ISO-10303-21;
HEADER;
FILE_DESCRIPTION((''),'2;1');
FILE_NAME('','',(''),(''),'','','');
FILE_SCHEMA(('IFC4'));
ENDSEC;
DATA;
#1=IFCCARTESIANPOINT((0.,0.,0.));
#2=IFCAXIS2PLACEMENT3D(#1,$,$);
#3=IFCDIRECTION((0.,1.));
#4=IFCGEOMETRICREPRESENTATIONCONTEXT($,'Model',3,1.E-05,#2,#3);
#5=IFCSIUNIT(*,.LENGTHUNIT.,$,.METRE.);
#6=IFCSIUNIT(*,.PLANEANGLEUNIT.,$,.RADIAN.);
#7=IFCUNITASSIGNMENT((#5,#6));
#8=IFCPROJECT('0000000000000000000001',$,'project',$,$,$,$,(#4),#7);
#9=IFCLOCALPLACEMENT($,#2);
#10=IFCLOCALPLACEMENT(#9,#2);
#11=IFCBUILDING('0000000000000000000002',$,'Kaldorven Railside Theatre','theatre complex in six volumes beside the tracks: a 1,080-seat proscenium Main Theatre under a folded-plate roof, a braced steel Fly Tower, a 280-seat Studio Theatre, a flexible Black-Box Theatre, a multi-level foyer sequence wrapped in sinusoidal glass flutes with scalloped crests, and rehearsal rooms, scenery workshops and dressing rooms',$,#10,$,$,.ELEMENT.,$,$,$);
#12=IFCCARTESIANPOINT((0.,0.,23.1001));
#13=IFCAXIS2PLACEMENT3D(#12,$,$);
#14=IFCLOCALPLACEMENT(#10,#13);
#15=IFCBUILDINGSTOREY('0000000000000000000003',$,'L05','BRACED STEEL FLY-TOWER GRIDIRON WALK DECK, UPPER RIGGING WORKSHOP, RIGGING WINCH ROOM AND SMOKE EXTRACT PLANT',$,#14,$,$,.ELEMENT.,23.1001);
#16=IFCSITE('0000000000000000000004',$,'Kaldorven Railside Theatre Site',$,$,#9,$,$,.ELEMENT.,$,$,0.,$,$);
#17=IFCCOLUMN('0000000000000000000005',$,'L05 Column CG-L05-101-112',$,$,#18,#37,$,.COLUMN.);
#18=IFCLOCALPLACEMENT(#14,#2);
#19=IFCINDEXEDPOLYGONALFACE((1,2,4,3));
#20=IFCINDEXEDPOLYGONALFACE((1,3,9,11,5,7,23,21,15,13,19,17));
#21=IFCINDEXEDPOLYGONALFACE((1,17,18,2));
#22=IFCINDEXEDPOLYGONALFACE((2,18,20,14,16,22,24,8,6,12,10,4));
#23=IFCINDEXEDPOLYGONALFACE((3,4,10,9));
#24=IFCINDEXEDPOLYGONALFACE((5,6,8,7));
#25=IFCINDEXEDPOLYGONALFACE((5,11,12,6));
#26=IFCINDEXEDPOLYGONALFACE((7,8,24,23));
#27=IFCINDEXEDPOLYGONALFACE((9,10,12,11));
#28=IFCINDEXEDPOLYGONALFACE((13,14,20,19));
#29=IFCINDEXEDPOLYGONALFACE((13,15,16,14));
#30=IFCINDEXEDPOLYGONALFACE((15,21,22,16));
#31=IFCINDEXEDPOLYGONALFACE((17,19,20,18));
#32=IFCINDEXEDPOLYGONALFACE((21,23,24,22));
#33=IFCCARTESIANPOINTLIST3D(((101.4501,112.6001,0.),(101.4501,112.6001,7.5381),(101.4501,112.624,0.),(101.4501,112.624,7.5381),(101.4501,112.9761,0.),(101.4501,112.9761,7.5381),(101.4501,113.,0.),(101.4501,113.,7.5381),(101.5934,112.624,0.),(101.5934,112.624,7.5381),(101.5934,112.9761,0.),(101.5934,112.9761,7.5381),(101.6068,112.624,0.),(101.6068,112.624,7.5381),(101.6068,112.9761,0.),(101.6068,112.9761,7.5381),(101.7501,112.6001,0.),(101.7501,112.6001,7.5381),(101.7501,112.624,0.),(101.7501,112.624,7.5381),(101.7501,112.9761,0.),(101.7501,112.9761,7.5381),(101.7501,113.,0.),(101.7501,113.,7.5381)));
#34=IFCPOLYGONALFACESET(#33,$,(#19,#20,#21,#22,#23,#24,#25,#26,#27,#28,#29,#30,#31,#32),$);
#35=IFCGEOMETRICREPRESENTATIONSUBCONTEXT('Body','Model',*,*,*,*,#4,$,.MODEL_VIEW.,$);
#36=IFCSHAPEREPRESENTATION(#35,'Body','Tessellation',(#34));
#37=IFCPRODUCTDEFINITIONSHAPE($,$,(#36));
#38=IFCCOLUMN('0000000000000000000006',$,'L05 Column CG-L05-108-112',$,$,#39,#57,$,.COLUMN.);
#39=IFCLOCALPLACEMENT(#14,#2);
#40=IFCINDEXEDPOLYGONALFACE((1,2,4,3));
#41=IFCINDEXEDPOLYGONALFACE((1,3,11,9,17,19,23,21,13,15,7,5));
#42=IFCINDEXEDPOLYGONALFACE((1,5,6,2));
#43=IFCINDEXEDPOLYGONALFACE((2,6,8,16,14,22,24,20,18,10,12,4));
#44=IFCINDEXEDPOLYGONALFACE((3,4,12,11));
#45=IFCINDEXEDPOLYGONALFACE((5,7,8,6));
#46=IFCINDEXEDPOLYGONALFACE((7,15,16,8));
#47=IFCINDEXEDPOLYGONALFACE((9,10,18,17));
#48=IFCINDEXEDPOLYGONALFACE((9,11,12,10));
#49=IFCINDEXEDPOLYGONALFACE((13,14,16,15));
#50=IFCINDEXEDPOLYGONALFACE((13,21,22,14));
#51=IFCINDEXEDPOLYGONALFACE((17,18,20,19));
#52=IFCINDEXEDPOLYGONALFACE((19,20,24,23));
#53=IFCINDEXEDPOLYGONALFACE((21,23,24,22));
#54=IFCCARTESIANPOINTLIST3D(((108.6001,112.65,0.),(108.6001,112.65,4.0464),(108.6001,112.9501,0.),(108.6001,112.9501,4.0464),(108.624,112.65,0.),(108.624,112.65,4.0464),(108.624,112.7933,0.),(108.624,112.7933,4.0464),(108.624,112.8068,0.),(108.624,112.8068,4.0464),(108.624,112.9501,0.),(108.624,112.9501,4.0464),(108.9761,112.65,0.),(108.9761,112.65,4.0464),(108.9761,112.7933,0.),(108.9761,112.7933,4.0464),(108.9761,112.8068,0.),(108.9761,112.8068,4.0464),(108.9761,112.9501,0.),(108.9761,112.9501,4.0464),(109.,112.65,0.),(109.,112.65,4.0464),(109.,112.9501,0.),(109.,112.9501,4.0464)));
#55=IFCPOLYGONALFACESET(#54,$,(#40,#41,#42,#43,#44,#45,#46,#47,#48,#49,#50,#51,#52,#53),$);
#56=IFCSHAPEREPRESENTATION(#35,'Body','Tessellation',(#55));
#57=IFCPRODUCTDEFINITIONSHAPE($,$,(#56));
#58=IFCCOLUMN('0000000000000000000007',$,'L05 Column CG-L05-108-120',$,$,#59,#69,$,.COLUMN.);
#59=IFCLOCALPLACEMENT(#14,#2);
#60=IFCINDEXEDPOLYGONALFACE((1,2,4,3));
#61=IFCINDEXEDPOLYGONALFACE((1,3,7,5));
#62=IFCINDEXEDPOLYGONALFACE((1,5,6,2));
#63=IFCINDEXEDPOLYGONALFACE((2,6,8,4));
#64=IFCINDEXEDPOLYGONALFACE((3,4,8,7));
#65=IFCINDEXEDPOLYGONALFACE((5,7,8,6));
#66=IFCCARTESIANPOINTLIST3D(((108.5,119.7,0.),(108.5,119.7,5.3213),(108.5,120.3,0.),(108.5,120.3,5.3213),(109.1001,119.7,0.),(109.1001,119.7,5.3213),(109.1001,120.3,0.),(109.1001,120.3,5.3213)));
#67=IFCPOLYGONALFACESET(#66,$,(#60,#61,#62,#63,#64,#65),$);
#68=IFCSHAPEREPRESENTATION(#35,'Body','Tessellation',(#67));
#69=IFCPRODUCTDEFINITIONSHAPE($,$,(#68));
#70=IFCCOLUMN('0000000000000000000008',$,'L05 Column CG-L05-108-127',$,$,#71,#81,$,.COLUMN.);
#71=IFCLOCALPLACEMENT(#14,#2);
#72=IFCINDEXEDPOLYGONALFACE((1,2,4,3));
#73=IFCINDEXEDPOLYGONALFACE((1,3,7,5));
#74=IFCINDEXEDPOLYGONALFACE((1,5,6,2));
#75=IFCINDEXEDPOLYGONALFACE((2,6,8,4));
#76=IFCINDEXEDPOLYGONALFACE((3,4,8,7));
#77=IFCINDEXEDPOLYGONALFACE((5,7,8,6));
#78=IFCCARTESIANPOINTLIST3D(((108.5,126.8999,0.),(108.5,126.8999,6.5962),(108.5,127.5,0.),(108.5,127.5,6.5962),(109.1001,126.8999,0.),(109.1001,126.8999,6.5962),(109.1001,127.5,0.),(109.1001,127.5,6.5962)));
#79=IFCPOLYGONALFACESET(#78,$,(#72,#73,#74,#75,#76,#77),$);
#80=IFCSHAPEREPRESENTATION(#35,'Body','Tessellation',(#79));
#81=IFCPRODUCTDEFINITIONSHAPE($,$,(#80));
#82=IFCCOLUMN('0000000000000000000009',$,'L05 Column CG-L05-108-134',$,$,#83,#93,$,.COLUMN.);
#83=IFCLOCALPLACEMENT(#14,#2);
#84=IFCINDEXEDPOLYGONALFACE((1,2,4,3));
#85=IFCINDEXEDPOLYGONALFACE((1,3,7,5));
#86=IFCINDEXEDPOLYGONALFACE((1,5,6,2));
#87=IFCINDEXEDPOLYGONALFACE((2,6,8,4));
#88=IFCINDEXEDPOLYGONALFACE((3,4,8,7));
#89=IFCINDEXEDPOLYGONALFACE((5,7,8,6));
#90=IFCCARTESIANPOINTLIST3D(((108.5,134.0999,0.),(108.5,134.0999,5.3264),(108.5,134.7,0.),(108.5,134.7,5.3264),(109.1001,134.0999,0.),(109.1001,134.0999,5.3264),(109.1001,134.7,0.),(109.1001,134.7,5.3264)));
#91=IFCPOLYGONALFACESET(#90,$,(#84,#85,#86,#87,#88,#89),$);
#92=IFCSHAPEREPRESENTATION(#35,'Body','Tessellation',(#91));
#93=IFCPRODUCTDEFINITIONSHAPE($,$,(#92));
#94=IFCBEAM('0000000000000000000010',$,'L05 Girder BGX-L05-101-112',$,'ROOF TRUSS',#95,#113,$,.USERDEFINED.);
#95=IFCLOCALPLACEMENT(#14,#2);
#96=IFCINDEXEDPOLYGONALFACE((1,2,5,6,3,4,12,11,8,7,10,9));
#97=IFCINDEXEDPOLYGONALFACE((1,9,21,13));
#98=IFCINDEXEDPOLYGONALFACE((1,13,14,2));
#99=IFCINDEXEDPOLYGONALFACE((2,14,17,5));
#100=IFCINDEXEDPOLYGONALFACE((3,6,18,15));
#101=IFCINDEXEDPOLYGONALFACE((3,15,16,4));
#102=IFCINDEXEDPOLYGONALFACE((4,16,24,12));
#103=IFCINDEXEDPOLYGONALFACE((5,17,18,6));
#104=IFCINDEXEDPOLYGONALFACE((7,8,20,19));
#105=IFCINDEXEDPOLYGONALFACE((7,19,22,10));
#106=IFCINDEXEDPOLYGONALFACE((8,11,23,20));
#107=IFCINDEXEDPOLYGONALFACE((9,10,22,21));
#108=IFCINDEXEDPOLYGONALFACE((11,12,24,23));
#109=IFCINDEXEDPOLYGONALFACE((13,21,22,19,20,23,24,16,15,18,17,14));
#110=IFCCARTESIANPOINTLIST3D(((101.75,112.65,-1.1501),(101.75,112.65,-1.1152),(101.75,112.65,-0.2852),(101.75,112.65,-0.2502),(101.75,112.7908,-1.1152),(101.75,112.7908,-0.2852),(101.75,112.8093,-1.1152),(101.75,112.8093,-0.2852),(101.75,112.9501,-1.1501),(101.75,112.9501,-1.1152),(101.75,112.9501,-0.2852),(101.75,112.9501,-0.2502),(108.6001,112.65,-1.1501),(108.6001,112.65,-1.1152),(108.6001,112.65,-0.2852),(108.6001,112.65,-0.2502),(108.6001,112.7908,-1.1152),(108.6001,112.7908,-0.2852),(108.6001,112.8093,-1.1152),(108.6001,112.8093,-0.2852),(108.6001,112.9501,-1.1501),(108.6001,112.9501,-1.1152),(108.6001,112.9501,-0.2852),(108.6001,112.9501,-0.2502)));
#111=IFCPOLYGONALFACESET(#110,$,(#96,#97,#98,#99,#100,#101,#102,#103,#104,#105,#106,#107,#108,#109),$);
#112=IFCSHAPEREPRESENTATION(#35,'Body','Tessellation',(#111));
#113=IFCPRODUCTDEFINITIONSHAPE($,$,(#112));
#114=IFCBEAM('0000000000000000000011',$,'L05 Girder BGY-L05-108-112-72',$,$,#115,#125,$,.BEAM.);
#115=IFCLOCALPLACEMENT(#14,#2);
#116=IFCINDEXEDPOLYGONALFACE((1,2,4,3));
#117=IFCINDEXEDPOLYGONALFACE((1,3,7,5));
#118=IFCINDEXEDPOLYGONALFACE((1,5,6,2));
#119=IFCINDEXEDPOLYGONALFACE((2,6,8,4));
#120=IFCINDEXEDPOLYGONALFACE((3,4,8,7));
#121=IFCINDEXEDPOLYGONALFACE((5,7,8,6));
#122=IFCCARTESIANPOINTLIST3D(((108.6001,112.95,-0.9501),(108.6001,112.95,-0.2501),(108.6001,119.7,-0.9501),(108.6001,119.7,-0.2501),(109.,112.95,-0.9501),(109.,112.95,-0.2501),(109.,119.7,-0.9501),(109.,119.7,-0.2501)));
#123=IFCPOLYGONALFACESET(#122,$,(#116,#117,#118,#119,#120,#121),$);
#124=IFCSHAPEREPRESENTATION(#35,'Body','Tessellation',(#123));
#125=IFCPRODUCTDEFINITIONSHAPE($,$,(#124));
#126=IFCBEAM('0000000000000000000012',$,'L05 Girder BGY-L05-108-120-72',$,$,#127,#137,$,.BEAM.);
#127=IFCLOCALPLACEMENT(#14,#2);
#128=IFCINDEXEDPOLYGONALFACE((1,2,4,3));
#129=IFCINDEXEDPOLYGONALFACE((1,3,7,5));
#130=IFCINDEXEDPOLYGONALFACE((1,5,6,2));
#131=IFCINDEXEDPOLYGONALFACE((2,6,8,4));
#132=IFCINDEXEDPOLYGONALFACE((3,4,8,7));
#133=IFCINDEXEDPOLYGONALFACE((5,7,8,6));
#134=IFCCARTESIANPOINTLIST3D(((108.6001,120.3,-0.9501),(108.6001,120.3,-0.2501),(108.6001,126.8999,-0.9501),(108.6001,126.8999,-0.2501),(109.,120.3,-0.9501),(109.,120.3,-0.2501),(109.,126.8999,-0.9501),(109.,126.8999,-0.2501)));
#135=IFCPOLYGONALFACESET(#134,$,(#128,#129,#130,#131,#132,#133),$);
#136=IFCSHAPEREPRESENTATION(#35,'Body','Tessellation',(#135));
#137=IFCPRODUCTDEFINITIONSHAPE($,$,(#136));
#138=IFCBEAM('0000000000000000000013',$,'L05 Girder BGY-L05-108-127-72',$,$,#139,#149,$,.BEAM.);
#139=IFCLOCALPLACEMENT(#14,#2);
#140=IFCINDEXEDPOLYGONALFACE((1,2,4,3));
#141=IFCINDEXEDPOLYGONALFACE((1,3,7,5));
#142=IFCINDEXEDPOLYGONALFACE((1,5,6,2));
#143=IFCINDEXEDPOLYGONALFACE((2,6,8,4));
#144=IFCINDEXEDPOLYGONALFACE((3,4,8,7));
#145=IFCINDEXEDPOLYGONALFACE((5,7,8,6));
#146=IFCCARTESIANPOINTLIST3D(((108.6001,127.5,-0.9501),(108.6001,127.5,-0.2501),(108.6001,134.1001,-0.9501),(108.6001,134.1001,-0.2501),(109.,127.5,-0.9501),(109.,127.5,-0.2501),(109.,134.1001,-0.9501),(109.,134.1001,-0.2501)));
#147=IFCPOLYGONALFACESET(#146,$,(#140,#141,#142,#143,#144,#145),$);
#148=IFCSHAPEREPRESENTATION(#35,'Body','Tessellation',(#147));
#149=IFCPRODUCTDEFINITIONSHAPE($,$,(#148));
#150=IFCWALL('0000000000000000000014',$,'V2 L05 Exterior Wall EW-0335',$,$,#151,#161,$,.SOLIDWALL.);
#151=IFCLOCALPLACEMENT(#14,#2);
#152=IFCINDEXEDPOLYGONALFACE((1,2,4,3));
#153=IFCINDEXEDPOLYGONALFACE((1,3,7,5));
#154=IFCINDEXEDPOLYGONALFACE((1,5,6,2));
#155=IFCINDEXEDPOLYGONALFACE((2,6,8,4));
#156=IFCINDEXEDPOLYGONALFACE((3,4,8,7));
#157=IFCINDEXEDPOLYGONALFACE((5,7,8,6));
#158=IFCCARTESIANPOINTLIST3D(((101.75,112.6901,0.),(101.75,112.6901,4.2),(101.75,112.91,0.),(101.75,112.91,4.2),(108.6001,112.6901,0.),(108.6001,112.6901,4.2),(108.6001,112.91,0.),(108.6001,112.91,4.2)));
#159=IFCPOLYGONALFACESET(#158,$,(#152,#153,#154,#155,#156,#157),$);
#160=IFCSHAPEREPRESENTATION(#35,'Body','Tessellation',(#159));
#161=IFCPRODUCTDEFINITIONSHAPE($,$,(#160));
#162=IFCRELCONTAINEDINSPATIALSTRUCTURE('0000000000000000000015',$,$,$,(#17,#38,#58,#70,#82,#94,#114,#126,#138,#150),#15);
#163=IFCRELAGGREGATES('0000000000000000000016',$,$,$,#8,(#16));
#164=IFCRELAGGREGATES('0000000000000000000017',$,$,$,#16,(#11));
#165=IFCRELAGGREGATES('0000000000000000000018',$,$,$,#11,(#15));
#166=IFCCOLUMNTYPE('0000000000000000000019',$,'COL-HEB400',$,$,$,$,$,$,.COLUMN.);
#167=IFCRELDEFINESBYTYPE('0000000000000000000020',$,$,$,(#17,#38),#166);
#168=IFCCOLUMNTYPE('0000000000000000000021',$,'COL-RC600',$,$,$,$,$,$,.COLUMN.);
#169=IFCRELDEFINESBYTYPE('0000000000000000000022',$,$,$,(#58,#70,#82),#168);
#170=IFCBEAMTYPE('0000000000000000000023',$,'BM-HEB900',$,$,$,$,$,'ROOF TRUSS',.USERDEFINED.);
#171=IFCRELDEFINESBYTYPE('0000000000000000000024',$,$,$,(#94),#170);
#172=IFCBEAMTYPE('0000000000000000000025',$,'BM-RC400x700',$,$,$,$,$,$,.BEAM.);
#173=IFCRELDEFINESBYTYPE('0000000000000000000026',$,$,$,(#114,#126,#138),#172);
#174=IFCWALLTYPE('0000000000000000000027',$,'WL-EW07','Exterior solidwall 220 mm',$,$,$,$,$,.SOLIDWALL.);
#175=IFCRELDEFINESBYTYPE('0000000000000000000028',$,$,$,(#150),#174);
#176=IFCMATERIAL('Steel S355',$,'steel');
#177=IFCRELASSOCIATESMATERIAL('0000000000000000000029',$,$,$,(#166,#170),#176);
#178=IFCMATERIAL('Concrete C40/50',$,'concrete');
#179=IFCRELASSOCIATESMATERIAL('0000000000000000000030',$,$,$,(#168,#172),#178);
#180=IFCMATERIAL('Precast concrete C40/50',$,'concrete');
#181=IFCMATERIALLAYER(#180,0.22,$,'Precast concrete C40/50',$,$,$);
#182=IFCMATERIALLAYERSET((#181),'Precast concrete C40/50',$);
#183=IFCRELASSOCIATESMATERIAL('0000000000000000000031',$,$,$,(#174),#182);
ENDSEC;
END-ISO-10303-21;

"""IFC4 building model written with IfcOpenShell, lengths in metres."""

from ifc_helpers import new_model, si_unit, direction, frame, frame_2d, origin, origin_2d, place, context, subcontext, project, spatial, rectangle, i_section, extrude, material, layer, layer_set, material_profile, profile_set, type_object, element, save


model = new_model("IFC4")

# Units and contexts
model_context = context("Model", 3, precision=1e-05, world=origin(), true_north=direction((0.0, 1.0)))
body_context = subcontext(model_context, "Body", "Model", "MODEL_VIEW")
ifc_project = project(units=[si_unit("LENGTHUNIT", "METRE"), si_unit("PLANEANGLEUNIT", "RADIAN")], contexts=[model_context])

# Site, building, storey
site_placement = place(None, origin())
site = spatial("IfcSite", under=ifc_project, at=site_placement, Name="Kaldorven Railside Theatre Site", CompositionType="ELEMENT", RefElevation=0.0)
building_placement = place(site_placement, origin())
building = spatial("IfcBuilding", under=site, at=building_placement, Name="Kaldorven Railside Theatre", Description="theatre complex in six volumes beside the tracks: a 1,080-seat proscenium Main Theatre under a folded-plate roof, a braced steel Fly Tower, a 280-seat Studio Theatre, a flexible Black-Box Theatre, a multi-level foyer sequence wrapped in sinusoidal glass flutes with scalloped crests, and rehearsal rooms, scenery workshops and dressing rooms", CompositionType="ELEMENT")
storey_placement = place(building_placement, frame((0.0, 0.0, 23.1001)))
storey = spatial("IfcBuildingStorey", under=building, at=storey_placement, Name="L05", Description="BRACED STEEL FLY-TOWER GRIDIRON WALK DECK, UPPER RIGGING WORKSHOP, RIGGING WINCH ROOM AND SMOKE EXTRACT PLANT", CompositionType="ELEMENT", Elevation=23.1001)

# Columns
ifc_material_1 = material(Name="Steel S355", Category="steel")
ifc_material_profile_1 = material_profile(ifc_material_1, i_section(OverallWidth=0.3, OverallDepth=0.3999, WebThickness=0.0134, FlangeThickness=0.0239, at=origin_2d()), Name="HEB 400")
ifc_profile_set_1 = profile_set([ifc_material_profile_1], Name="Steel S355")
column_type_1 = type_object("IfcColumnType", Name="COL-HEB400", PredefinedType="COLUMN", material=ifc_profile_set_1)
column_1_placement = place(storey_placement, frame((101.6001, 112.8, 0.0), z_axis=(0.0, 0.0, 1.0), x_axis=(1.0, 0.0, 0.0)))
element("IfcColumn", 1, at=column_1_placement, inside=storey, type_object=column_type_1, Name="L05 Column CG-L05-101-112", PredefinedType="COLUMN", context=body_context, shape_type="SweptSolid", body=[
    extrude(i_section(OverallWidth=0.3, OverallDepth=0.3999, WebThickness=0.0134, FlangeThickness=0.0239, at=origin_2d()), origin(), (0.0, 0.0, 1.0), 7.5381),
])
column_2_placement = place(storey_placement, frame((108.8, 112.8, 0.0), z_axis=(0.0, 0.0, 1.0), x_axis=(0.0, 1.0, 0.0)))
element("IfcColumn", 2, at=column_2_placement, inside=storey, type_object=column_type_1, Name="L05 Column CG-L05-108-112", PredefinedType="COLUMN", context=body_context, shape_type="SweptSolid", body=[
    extrude(i_section(OverallWidth=0.3, OverallDepth=0.3999, WebThickness=0.0134, FlangeThickness=0.0239, at=origin_2d()), origin(), (0.0, 0.0, 1.0), 4.0464),
])
ifc_material_2 = material(Name="Concrete C40/50", Category="concrete")
ifc_material_profile_2 = material_profile(ifc_material_2, rectangle(XDim=0.6001, YDim=0.6001, at=origin_2d()), Name="RC 600x600")
ifc_profile_set_2 = profile_set([ifc_material_profile_2], Name="Concrete C40/50")
column_type_2 = type_object("IfcColumnType", Name="COL-RC600", PredefinedType="COLUMN", material=ifc_profile_set_2)
column_3_placement = place(storey_placement, frame((108.8, 120.0, 0.0), z_axis=(0.0, 0.0, 1.0), x_axis=(1.0, 0.0, 0.0)))
element("IfcColumn", 3, at=column_3_placement, inside=storey, type_object=column_type_2, Name="L05 Column CG-L05-108-120", PredefinedType="COLUMN", context=body_context, shape_type="SweptSolid", body=[
    extrude(rectangle(XDim=0.6001, YDim=0.6001, at=origin_2d()), origin(), (0.0, 0.0, 1.0), 5.3213),
])
column_4_placement = place(storey_placement, frame((108.8, 127.2, 0.0), z_axis=(0.0, 0.0, 1.0), x_axis=(1.0, 0.0, 0.0)))
element("IfcColumn", 4, at=column_4_placement, inside=storey, type_object=column_type_2, Name="L05 Column CG-L05-108-127", PredefinedType="COLUMN", context=body_context, shape_type="SweptSolid", body=[
    extrude(rectangle(XDim=0.6001, YDim=0.6001, at=origin_2d()), origin(), (0.0, 0.0, 1.0), 6.5962),
])
column_5_placement = place(storey_placement, frame((108.8, 134.3999, 0.0), z_axis=(0.0, 0.0, 1.0), x_axis=(0.0, 1.0, 0.0)))
element("IfcColumn", 5, at=column_5_placement, inside=storey, type_object=column_type_2, Name="L05 Column CG-L05-108-134", PredefinedType="COLUMN", context=body_context, shape_type="SweptSolid", body=[
    extrude(rectangle(XDim=0.6001, YDim=0.6001, at=origin_2d()), origin(), (0.0, 0.0, 1.0), 5.3264),
])

# Beams
ifc_material_profile_3 = material_profile(ifc_material_1, i_section(OverallWidth=0.3, OverallDepth=0.8999, WebThickness=0.0186, FlangeThickness=0.0349, at=origin_2d()), Name="HEB 900")
ifc_profile_set_3 = profile_set([ifc_material_profile_3], Name="Steel S355")
beam_type_1 = type_object("IfcBeamType", Name="BM-HEB900", ElementType="ROOF TRUSS", PredefinedType="USERDEFINED", material=ifc_profile_set_3)
beam_1_placement = place(storey_placement, frame((101.75, 112.8, -0.7002), z_axis=(1.0, 0.0, 0.0), x_axis=(0.0, 1.0, 0.0)))
element("IfcBeam", 6, at=beam_1_placement, inside=storey, type_object=beam_type_1, Name="L05 Girder BGX-L05-101-112", ObjectType="ROOF TRUSS", PredefinedType="USERDEFINED", context=body_context, shape_type="SweptSolid", body=[
    extrude(i_section(OverallWidth=0.3, OverallDepth=0.8999, WebThickness=0.0186, FlangeThickness=0.0349, at=origin_2d()), origin(), (0.0, 0.0, 1.0), 6.8501),
])
ifc_material_profile_4 = material_profile(ifc_material_2, rectangle(XDim=0.3999, YDim=0.7, at=origin_2d()), Name="RC 400x700")
ifc_profile_set_4 = profile_set([ifc_material_profile_4], Name="Concrete C40/50")
beam_type_2 = type_object("IfcBeamType", Name="BM-RC400x700", PredefinedType="BEAM", material=ifc_profile_set_4)
beam_2_placement = place(storey_placement, frame((108.8, 112.95, -0.6001), z_axis=(0.0, 1.0, 0.0), x_axis=(-1.0, 0.0, 0.0)))
element("IfcBeam", 7, at=beam_2_placement, inside=storey, type_object=beam_type_2, Name="L05 Girder BGY-L05-108-112-72", PredefinedType="BEAM", context=body_context, shape_type="SweptSolid", body=[
    extrude(rectangle(XDim=0.3999, YDim=0.7, at=origin_2d()), origin(), (0.0, 0.0, 1.0), 6.75),
])
beam_3_placement = place(storey_placement, frame((108.8, 120.3, -0.6001), z_axis=(0.0, 1.0, 0.0), x_axis=(-1.0, 0.0, 0.0)))
element("IfcBeam", 8, at=beam_3_placement, inside=storey, type_object=beam_type_2, Name="L05 Girder BGY-L05-108-120-72", PredefinedType="BEAM", context=body_context, shape_type="SweptSolid", body=[
    extrude(rectangle(XDim=0.3999, YDim=0.7, at=origin_2d()), origin(), (0.0, 0.0, 1.0), 6.5999),
])
beam_4_placement = place(storey_placement, frame((108.8, 127.5, -0.6001), z_axis=(0.0, 1.0, 0.0), x_axis=(-1.0, 0.0, 0.0)))
element("IfcBeam", 9, at=beam_4_placement, inside=storey, type_object=beam_type_2, Name="L05 Girder BGY-L05-108-127-72", PredefinedType="BEAM", context=body_context, shape_type="SweptSolid", body=[
    extrude(rectangle(XDim=0.3999, YDim=0.7, at=origin_2d()), origin(), (0.0, 0.0, 1.0), 6.6001),
])

# Wall
ifc_material_3 = material(Name="Precast concrete C40/50", Category="concrete")
ifc_layer_1 = layer(ifc_material_3, 0.22, Name="Precast concrete C40/50")
ifc_layer_set_1 = layer_set([ifc_layer_1], Name="Precast concrete C40/50")
wall_type_1 = type_object("IfcWallType", Name="WL-EW07", Description="Exterior solidwall 220 mm", PredefinedType="SOLIDWALL", material=ifc_layer_set_1)
wall_1_placement = place(storey_placement, frame((101.75, 112.8, 0.0), z_axis=(0.0, 0.0, 1.0), x_axis=(1.0, 0.0, 0.0)))
element("IfcWall", 10, at=wall_1_placement, inside=storey, type_object=wall_type_1, Name="V2 L05 Exterior Wall EW-0335", PredefinedType="SOLIDWALL", context=body_context, shape_type="SweptSolid", body=[
    extrude(rectangle(XDim=6.8501, YDim=0.22, at=frame_2d((3.425, 0.0))), origin(), (0.0, 0.0, 1.0), 4.2),
])

save(model, "model.ifc")
